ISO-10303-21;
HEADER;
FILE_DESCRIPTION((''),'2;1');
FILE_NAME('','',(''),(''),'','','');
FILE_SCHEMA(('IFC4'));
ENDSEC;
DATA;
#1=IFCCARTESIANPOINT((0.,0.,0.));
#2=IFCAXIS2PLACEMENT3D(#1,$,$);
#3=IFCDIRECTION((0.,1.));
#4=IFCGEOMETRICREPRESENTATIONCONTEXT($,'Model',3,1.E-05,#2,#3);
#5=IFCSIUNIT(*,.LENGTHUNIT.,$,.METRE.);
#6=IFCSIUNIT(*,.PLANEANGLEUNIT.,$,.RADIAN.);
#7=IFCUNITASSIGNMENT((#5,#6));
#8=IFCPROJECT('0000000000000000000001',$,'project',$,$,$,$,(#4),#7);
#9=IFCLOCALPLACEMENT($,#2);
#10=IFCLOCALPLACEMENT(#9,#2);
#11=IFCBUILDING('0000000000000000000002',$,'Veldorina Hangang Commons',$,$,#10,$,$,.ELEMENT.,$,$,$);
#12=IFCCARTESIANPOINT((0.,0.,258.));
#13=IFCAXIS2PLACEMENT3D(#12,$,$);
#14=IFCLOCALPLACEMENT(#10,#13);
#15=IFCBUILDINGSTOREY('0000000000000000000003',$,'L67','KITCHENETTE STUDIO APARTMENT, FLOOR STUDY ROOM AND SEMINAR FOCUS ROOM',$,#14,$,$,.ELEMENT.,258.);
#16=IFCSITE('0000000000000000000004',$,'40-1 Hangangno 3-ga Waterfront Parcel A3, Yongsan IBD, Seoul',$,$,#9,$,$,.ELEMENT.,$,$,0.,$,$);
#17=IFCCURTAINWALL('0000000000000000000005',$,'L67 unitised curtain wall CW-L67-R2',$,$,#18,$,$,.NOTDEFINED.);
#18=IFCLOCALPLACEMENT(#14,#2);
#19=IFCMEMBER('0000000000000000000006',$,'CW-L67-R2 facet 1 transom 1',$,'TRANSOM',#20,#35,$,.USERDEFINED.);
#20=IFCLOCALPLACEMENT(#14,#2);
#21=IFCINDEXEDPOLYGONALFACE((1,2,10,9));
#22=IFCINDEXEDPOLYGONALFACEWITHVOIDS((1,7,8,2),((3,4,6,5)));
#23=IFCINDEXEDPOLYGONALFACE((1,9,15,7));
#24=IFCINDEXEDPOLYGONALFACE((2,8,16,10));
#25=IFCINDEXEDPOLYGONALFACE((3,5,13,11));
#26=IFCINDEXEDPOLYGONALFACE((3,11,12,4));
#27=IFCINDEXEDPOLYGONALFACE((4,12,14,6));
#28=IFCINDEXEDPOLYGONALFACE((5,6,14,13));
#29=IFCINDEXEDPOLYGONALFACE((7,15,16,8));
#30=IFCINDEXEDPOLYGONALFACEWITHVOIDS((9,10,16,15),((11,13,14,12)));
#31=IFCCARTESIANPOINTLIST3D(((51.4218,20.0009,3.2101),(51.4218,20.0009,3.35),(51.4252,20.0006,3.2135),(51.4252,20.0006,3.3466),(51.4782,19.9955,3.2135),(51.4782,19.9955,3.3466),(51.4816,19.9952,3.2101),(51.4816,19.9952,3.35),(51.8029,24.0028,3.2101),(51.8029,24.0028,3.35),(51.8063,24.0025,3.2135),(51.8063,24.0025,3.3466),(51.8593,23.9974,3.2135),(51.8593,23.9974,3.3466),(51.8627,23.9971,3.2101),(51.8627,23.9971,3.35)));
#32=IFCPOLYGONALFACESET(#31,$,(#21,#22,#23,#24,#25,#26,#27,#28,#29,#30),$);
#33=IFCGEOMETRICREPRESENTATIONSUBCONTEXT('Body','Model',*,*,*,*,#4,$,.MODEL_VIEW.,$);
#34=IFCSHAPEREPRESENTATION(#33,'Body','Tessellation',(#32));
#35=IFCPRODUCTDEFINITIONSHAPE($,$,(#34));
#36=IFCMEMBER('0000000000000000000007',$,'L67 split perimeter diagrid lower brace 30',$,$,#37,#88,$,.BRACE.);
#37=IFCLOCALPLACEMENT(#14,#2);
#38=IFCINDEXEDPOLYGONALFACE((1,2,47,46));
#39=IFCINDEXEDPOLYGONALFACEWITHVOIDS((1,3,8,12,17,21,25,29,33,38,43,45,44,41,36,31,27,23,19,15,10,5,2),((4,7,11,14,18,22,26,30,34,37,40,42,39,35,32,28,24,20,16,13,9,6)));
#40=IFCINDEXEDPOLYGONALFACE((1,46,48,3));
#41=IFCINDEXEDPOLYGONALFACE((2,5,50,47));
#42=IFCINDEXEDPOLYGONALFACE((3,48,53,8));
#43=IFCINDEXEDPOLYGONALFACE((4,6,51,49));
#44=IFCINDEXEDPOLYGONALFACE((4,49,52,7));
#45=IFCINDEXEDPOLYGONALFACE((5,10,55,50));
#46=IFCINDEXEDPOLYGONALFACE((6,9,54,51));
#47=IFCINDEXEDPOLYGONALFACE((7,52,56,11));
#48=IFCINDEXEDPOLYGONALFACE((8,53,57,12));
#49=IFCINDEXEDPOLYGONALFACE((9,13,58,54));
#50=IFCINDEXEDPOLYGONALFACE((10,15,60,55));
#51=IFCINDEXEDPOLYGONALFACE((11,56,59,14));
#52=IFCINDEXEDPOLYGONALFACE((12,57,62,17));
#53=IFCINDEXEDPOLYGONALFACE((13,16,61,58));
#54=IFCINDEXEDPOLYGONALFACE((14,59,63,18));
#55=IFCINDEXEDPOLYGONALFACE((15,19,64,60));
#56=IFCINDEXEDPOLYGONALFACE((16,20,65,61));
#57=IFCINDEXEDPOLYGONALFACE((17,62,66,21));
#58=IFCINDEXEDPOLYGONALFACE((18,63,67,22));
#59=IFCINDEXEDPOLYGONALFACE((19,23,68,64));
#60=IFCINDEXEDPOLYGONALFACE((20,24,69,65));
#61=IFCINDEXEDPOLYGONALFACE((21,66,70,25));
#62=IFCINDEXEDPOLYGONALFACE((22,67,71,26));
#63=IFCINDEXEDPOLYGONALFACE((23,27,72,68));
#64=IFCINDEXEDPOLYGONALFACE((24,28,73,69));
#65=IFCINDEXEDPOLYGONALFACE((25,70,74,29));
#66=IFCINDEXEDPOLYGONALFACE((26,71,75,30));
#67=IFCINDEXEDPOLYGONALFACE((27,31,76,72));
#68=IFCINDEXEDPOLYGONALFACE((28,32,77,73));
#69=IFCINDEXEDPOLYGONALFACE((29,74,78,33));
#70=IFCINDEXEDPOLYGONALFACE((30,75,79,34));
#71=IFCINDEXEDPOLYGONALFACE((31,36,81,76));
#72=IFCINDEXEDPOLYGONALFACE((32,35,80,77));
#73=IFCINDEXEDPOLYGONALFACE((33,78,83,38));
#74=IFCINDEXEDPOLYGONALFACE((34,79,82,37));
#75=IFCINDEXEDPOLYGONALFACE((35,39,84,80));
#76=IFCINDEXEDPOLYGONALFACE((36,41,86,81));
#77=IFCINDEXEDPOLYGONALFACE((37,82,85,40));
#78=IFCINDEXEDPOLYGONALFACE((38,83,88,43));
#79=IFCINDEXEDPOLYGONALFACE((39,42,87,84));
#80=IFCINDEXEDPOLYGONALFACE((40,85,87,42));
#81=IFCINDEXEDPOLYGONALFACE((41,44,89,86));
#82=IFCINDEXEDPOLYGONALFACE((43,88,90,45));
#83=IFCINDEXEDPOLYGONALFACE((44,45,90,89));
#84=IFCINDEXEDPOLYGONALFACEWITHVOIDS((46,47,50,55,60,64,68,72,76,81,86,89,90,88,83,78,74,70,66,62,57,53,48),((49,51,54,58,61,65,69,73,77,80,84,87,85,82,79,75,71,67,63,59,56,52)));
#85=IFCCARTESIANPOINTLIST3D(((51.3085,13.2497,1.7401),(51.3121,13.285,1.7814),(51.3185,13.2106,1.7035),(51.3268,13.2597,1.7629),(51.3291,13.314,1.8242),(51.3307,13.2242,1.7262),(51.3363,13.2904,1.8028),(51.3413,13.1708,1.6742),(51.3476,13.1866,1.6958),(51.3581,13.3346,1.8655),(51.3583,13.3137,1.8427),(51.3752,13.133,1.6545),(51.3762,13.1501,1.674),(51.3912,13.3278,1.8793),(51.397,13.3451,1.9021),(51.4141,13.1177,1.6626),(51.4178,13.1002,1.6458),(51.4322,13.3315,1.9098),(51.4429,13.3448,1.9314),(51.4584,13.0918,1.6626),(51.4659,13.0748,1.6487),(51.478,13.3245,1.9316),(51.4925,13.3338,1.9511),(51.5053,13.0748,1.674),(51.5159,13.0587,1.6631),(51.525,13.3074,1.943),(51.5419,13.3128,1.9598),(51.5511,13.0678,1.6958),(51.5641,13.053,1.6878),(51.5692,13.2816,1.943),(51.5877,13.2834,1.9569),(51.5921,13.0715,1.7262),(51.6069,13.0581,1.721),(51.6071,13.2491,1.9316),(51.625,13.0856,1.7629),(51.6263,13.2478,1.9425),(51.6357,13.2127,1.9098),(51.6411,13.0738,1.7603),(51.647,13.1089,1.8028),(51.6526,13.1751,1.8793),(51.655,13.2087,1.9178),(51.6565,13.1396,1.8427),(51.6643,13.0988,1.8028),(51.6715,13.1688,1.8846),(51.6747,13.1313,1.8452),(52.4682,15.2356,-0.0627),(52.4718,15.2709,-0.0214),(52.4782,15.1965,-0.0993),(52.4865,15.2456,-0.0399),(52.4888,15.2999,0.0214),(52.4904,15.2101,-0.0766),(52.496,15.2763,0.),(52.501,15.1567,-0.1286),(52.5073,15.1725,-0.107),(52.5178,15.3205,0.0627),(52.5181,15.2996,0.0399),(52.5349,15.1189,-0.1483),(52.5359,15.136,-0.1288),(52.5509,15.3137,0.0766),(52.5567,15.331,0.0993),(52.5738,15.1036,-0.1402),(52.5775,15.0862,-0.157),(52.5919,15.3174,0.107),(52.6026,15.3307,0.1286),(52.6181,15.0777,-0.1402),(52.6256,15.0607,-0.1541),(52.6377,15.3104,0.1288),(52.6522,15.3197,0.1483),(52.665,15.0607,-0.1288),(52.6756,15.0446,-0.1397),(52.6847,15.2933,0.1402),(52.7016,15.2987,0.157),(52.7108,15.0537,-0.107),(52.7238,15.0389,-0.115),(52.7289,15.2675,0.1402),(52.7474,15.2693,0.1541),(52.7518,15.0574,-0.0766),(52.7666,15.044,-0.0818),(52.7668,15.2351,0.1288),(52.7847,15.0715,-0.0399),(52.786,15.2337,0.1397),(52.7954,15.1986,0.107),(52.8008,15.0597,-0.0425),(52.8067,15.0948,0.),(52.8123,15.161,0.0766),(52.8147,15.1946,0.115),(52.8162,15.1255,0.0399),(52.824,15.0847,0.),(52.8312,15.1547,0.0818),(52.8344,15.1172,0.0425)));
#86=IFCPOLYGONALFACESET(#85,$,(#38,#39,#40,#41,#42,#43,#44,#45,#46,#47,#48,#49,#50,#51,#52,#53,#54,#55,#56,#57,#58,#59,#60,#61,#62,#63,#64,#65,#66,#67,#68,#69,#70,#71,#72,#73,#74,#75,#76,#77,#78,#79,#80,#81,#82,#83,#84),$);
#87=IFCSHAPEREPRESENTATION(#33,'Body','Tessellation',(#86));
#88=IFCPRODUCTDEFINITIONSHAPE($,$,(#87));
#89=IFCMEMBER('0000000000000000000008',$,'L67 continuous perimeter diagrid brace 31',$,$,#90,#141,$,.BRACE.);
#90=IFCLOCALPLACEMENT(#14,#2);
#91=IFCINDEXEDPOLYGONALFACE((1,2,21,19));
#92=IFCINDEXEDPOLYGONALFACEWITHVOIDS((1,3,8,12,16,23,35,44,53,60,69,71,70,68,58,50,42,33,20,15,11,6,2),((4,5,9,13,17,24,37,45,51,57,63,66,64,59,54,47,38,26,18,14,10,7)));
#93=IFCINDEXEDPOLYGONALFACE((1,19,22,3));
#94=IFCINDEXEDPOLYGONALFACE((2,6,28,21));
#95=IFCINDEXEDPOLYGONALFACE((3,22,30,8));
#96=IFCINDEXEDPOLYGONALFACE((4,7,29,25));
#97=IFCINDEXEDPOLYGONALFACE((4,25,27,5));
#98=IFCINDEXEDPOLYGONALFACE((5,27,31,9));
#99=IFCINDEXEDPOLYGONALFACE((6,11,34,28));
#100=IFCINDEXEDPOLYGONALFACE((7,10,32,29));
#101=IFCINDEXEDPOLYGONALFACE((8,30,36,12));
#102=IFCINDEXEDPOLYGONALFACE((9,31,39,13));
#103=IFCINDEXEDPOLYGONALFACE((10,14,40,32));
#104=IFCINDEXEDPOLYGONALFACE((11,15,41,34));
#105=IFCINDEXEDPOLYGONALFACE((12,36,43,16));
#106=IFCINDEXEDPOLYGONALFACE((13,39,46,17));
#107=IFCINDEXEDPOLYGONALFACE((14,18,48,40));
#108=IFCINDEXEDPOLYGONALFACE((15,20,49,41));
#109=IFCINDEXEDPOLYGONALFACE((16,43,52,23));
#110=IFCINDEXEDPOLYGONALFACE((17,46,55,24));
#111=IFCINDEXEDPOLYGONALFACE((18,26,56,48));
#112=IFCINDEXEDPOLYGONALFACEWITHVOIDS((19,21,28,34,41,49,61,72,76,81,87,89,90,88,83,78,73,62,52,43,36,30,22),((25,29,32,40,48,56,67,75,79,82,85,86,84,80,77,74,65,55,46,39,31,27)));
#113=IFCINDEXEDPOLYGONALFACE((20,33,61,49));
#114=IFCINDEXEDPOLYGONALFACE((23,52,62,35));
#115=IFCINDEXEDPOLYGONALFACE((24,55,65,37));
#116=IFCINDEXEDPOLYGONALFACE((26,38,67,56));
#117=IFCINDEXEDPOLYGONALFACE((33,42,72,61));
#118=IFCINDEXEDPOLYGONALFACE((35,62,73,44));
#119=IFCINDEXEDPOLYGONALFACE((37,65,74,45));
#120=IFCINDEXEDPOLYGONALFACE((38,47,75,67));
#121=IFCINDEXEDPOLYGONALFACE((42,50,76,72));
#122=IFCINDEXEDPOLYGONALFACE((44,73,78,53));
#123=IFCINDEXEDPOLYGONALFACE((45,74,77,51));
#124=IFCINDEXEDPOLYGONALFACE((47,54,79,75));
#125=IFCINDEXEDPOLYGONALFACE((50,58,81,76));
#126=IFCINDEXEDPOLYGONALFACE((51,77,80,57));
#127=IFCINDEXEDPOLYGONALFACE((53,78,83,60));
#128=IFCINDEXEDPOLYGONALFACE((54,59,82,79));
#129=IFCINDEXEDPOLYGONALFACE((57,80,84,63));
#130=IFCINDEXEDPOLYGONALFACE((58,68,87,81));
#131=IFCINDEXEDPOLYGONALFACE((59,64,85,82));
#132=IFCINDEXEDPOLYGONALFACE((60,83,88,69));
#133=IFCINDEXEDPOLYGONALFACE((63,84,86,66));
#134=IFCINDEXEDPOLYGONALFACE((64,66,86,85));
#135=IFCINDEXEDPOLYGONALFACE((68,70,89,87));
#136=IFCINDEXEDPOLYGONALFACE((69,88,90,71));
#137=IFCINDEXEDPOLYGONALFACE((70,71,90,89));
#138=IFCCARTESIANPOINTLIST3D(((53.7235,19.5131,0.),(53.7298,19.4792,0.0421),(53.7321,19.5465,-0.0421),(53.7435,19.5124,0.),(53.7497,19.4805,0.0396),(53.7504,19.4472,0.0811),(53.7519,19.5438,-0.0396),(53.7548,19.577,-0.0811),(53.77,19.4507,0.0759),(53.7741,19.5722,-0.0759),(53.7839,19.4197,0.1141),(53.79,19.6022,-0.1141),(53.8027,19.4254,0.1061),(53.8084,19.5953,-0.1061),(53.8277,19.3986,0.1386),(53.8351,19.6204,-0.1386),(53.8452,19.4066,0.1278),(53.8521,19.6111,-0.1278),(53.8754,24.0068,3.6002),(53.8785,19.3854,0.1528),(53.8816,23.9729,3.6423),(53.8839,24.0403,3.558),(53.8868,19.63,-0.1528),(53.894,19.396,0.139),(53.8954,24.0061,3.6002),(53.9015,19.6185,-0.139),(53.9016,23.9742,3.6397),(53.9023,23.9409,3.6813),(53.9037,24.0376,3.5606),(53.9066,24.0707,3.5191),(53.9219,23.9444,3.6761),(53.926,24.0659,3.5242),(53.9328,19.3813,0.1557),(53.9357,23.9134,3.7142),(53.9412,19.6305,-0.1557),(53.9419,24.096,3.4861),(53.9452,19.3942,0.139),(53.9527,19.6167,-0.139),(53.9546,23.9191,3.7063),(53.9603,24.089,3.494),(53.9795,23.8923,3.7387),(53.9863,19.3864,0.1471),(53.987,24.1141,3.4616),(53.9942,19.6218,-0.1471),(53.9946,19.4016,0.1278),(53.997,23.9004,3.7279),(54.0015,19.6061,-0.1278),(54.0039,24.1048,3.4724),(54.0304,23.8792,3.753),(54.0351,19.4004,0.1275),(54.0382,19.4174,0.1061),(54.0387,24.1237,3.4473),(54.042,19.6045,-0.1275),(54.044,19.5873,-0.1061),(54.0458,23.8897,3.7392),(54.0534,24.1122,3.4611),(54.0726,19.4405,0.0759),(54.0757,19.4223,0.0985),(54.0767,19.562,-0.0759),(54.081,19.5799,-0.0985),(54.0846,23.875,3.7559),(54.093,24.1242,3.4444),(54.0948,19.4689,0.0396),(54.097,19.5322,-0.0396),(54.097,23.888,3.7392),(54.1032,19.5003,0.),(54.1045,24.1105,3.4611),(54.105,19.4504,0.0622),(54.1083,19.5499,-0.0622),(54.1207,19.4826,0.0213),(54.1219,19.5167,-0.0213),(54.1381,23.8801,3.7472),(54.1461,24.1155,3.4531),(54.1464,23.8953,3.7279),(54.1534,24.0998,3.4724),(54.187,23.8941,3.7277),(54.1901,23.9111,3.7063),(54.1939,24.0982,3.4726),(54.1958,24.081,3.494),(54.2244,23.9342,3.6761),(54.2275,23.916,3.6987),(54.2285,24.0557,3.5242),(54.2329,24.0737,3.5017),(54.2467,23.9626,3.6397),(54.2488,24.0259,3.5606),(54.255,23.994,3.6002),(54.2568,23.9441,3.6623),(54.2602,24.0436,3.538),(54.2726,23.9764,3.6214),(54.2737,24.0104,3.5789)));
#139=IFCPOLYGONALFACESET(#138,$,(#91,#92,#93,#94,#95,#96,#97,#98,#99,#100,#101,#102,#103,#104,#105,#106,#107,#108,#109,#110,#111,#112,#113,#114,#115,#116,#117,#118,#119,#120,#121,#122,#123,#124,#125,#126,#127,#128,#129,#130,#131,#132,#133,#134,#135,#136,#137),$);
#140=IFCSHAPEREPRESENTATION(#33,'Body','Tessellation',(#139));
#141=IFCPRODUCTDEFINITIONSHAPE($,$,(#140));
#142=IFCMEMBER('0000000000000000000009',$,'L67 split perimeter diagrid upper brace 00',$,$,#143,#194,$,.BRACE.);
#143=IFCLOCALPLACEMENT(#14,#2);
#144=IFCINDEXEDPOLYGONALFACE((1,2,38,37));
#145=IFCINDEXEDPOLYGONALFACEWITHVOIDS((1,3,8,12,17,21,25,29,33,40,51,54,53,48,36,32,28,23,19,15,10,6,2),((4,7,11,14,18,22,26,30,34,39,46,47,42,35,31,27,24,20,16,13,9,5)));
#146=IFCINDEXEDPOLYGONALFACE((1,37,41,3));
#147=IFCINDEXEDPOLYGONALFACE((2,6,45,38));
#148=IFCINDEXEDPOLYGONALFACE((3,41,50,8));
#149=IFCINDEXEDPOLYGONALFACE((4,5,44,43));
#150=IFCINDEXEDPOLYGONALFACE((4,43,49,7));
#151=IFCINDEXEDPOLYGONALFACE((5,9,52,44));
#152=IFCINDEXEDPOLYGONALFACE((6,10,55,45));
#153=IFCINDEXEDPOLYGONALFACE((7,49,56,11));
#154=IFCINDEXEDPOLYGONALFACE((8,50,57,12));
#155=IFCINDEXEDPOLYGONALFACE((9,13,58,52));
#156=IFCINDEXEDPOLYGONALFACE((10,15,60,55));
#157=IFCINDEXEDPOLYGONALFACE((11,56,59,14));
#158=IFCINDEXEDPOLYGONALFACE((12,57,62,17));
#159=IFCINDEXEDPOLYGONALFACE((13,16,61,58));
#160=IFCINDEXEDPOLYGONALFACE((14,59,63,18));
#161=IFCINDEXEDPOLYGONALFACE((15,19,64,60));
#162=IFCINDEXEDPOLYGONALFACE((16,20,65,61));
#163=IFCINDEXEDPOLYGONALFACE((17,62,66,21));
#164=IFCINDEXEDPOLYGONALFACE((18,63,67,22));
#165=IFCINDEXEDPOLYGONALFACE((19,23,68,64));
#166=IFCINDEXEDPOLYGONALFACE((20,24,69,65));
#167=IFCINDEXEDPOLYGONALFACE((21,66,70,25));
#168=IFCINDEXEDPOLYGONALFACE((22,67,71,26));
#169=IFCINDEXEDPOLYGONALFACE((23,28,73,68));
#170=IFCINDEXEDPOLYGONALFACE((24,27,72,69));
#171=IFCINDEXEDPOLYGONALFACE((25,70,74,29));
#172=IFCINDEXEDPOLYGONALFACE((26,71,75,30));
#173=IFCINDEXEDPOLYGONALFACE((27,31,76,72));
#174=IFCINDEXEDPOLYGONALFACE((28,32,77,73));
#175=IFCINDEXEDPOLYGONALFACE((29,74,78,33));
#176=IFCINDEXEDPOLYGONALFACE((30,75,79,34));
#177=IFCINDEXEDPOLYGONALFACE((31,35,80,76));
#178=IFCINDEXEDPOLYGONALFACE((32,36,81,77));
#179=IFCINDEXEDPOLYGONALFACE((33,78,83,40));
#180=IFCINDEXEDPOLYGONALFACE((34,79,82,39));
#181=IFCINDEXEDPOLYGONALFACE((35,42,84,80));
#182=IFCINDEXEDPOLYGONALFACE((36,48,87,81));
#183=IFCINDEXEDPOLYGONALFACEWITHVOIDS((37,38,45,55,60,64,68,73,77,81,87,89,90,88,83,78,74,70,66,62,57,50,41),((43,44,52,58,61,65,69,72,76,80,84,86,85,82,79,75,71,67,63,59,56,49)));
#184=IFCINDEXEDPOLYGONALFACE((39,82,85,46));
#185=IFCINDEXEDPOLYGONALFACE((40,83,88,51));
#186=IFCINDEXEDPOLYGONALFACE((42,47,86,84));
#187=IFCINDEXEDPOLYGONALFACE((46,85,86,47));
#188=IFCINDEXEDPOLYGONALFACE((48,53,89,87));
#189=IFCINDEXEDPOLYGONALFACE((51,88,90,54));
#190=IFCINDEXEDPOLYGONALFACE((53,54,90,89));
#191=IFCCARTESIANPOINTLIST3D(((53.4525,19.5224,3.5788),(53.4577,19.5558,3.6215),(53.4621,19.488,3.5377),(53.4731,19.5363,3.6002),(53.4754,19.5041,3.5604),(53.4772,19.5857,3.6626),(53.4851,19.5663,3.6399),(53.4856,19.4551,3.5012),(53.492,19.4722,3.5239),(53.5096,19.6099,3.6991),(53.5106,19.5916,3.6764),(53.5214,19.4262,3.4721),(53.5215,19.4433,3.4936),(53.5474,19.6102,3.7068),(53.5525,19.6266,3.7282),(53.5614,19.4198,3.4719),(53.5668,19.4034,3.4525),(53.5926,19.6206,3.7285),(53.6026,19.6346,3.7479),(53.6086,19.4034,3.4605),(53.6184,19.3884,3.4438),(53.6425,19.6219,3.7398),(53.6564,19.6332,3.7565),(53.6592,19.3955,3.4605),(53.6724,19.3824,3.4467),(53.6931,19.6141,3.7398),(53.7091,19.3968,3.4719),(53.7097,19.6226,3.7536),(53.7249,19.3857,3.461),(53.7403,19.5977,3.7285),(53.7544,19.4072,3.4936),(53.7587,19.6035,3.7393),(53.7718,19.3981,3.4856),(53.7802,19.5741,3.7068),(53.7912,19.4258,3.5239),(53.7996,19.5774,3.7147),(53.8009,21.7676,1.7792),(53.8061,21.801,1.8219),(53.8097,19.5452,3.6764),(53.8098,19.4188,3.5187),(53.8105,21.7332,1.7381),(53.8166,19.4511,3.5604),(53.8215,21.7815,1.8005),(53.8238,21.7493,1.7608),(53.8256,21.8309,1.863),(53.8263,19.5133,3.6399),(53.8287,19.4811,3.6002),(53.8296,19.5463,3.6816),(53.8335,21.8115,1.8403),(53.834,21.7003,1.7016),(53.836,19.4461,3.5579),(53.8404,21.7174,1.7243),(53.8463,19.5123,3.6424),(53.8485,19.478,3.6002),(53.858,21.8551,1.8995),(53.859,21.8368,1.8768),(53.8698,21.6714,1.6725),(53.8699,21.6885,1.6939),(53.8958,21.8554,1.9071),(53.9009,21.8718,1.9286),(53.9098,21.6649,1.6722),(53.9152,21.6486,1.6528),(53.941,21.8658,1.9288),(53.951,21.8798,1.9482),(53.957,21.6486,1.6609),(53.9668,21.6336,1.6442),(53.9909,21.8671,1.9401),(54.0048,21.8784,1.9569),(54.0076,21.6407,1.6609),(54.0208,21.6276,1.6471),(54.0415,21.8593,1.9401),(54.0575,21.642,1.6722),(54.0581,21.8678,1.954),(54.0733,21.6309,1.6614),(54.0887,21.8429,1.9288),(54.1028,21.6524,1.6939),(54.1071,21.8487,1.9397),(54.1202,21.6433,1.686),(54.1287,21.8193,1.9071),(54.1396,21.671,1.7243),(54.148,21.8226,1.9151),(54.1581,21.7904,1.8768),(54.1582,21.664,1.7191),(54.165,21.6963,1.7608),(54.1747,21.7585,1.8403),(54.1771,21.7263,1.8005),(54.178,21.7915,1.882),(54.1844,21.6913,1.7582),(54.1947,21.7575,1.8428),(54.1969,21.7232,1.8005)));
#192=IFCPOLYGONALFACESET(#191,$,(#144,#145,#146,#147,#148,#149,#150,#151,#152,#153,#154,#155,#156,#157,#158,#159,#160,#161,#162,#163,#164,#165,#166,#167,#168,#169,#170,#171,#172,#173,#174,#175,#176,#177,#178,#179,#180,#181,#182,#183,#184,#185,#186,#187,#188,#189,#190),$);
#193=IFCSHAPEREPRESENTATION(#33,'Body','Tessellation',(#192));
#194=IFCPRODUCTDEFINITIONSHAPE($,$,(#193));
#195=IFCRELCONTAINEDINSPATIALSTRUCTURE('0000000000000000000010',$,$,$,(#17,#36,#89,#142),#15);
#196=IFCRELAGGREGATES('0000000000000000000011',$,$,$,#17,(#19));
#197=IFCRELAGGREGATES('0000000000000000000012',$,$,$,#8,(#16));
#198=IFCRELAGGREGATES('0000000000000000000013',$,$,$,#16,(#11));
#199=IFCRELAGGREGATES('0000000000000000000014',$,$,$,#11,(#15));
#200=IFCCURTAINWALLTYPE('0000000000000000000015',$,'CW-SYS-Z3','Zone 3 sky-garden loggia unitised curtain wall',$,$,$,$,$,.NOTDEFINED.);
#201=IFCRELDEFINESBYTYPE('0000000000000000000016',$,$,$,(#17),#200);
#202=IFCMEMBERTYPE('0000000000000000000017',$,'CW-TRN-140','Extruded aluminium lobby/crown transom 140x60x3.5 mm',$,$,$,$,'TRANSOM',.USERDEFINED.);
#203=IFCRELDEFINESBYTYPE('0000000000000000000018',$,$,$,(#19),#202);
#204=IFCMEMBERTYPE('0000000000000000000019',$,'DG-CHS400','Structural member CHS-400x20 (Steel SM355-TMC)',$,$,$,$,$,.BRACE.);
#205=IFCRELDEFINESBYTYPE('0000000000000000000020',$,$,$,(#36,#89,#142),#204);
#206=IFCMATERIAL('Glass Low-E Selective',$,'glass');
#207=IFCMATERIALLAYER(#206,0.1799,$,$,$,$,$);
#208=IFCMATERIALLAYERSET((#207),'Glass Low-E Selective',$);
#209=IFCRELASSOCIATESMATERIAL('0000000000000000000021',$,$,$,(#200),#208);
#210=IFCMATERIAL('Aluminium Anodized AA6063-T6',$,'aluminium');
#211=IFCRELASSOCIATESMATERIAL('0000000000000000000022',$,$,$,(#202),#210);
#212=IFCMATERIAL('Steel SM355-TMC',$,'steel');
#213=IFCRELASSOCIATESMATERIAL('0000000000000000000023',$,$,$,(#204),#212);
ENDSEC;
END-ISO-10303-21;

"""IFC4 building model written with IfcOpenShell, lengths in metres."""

from ifc_helpers import new_model, si_unit, direction, frame, origin, origin_2d, place, context, subcontext, project, spatial, hollow_rectangle, hollow_circle, extrude, material, layer, layer_set, material_profile, profile_set, type_object, element, aggregate, save


model = new_model("IFC4")

# Units and contexts
model_context = context("Model", 3, precision=1e-05, world=origin(), true_north=direction((0.0, 1.0)))
body_context = subcontext(model_context, "Body", "Model", "MODEL_VIEW")
ifc_project = project(units=[si_unit("LENGTHUNIT", "METRE"), si_unit("PLANEANGLEUNIT", "RADIAN")], contexts=[model_context])

# Site, building, storey
site_placement = place(None, origin())
site = spatial("IfcSite", under=ifc_project, at=site_placement, Name="40-1 Hangangno 3-ga Waterfront Parcel A3, Yongsan IBD, Seoul", CompositionType="ELEMENT", RefElevation=0.0)
building_placement = place(site_placement, origin())
building = spatial("IfcBuilding", under=site, at=building_placement, Name="Veldorina Hangang Commons", CompositionType="ELEMENT")
storey_placement = place(building_placement, frame((0.0, 0.0, 258.0)))
storey = spatial("IfcBuildingStorey", under=building, at=storey_placement, Name="L67", Description="KITCHENETTE STUDIO APARTMENT, FLOOR STUDY ROOM AND SEMINAR FOCUS ROOM", CompositionType="ELEMENT", Elevation=258.0)

# Shared definitions
ifc_material_1 = material(Name="Steel SM355-TMC", Category="steel")

# Shared definitions
ifc_material_2 = material(Name="Glass Low-E Selective", Category="glass")
ifc_layer_1 = layer(ifc_material_2, 0.1799)
ifc_layer_set_1 = layer_set([ifc_layer_1], Name="Glass Low-E Selective")
curtain_wall_type = type_object("IfcCurtainWallType", Name="CW-SYS-Z3", Description="Zone 3 sky-garden loggia unitised curtain wall", PredefinedType="NOTDEFINED", material=ifc_layer_set_1)
ifc_material_3 = material(Name="Aluminium Anodized AA6063-T6", Category="aluminium")

# Curtain wall, member
curtain_wall_1_placement = place(storey_placement, origin())
curtain_wall_1 = element("IfcCurtainWall", 1, at=curtain_wall_1_placement, inside=storey, type_object=curtain_wall_type, Name="L67 unitised curtain wall CW-L67-R2", PredefinedType="NOTDEFINED")
ifc_material_profile_1 = material_profile(ifc_material_3, hollow_rectangle(XDim=0.0601, YDim=0.1399, WallThickness=0.0034, at=origin_2d()), Name="ALU-RHS-140x60x3.5")
ifc_profile_set_1 = profile_set([ifc_material_profile_1], Name="Aluminium Anodized AA6063-T6")
member_type_1 = type_object("IfcMemberType", Name="CW-TRN-140", Description="Extruded aluminium lobby/crown transom 140x60x3.5 mm", ElementType="TRANSOM", PredefinedType="USERDEFINED", material=ifc_profile_set_1)
member_1_placement = place(storey_placement, frame((51.4517, 19.998, 3.28), z_axis=(0.0948, 0.995496, 0.0), x_axis=(-0.995496, 0.0948, 0.0)))
member_1 = element("IfcMember", 2, at=member_1_placement, type_object=member_type_1, Name="CW-L67-R2 facet 1 transom 1", ObjectType="TRANSOM", PredefinedType="USERDEFINED", context=body_context, shape_type="SweptSolid", body=[
    extrude(hollow_rectangle(XDim=0.0601, YDim=0.1399, WallThickness=0.0034, at=origin_2d()), origin(), (0.0, 0.0, 1.0), 4.02),
])

# Members
ifc_material_profile_2 = material_profile(ifc_material_1, hollow_circle(Radius=0.2, WallThickness=0.02, at=origin_2d()), Name="CHS-400x20")
ifc_profile_set_2 = profile_set([ifc_material_profile_2], Name="Steel SM355-TMC")
member_type_2 = type_object("IfcMemberType", Name="DG-CHS400", Description="Structural member CHS-400x20 (Steel SM355-TMC)", PredefinedType="BRACE", material=ifc_profile_set_2)
member_2_placement = place(storey_placement, frame((52.6514, 15.1855, 0.0), z_axis=(-0.396871, -0.67961, 0.616947), x_axis=(0.86354, -0.50428, 0.0)))
element("IfcMember", 3, at=member_2_placement, inside=storey, type_object=member_type_2, Name="L67 split perimeter diagrid lower brace 30", PredefinedType="BRACE", context=body_context, shape_type="SweptSolid", body=[
    extrude(hollow_circle(Radius=0.2, WallThickness=0.02, at=origin_2d()), origin(), (0.0, 0.0, 1.0), 2.9221),
])
member_3_placement = place(storey_placement, frame((53.9233, 19.5063, 0.0), z_axis=(0.026364, 0.780159, 0.625026), x_axis=(-0.999429, 0.033774, 0.0)))
element("IfcMember", 4, at=member_3_placement, inside=storey, type_object=member_type_2, Name="L67 continuous perimeter diagrid brace 31", PredefinedType="BRACE", context=body_context, shape_type="SweptSolid", body=[
    extrude(hollow_circle(Radius=0.2, WallThickness=0.02, at=origin_2d()), origin(), (0.0, 0.0, 1.0), 5.76),
])
member_4_placement = place(storey_placement, frame((53.9993, 21.7539, 1.8005), z_axis=(-0.120203, -0.774623, 0.620895), x_axis=(0.988173, -0.153341, 0.0)))
element("IfcMember", 5, at=member_4_placement, inside=storey, type_object=member_type_2, Name="L67 split perimeter diagrid upper brace 00", PredefinedType="BRACE", context=body_context, shape_type="SweptSolid", body=[
    extrude(hollow_circle(Radius=0.2, WallThickness=0.02, at=origin_2d()), origin(), (0.0, 0.0, 1.0), 2.8984),
])

aggregate(curtain_wall_1, [member_1])

save(model, "model.ifc")
